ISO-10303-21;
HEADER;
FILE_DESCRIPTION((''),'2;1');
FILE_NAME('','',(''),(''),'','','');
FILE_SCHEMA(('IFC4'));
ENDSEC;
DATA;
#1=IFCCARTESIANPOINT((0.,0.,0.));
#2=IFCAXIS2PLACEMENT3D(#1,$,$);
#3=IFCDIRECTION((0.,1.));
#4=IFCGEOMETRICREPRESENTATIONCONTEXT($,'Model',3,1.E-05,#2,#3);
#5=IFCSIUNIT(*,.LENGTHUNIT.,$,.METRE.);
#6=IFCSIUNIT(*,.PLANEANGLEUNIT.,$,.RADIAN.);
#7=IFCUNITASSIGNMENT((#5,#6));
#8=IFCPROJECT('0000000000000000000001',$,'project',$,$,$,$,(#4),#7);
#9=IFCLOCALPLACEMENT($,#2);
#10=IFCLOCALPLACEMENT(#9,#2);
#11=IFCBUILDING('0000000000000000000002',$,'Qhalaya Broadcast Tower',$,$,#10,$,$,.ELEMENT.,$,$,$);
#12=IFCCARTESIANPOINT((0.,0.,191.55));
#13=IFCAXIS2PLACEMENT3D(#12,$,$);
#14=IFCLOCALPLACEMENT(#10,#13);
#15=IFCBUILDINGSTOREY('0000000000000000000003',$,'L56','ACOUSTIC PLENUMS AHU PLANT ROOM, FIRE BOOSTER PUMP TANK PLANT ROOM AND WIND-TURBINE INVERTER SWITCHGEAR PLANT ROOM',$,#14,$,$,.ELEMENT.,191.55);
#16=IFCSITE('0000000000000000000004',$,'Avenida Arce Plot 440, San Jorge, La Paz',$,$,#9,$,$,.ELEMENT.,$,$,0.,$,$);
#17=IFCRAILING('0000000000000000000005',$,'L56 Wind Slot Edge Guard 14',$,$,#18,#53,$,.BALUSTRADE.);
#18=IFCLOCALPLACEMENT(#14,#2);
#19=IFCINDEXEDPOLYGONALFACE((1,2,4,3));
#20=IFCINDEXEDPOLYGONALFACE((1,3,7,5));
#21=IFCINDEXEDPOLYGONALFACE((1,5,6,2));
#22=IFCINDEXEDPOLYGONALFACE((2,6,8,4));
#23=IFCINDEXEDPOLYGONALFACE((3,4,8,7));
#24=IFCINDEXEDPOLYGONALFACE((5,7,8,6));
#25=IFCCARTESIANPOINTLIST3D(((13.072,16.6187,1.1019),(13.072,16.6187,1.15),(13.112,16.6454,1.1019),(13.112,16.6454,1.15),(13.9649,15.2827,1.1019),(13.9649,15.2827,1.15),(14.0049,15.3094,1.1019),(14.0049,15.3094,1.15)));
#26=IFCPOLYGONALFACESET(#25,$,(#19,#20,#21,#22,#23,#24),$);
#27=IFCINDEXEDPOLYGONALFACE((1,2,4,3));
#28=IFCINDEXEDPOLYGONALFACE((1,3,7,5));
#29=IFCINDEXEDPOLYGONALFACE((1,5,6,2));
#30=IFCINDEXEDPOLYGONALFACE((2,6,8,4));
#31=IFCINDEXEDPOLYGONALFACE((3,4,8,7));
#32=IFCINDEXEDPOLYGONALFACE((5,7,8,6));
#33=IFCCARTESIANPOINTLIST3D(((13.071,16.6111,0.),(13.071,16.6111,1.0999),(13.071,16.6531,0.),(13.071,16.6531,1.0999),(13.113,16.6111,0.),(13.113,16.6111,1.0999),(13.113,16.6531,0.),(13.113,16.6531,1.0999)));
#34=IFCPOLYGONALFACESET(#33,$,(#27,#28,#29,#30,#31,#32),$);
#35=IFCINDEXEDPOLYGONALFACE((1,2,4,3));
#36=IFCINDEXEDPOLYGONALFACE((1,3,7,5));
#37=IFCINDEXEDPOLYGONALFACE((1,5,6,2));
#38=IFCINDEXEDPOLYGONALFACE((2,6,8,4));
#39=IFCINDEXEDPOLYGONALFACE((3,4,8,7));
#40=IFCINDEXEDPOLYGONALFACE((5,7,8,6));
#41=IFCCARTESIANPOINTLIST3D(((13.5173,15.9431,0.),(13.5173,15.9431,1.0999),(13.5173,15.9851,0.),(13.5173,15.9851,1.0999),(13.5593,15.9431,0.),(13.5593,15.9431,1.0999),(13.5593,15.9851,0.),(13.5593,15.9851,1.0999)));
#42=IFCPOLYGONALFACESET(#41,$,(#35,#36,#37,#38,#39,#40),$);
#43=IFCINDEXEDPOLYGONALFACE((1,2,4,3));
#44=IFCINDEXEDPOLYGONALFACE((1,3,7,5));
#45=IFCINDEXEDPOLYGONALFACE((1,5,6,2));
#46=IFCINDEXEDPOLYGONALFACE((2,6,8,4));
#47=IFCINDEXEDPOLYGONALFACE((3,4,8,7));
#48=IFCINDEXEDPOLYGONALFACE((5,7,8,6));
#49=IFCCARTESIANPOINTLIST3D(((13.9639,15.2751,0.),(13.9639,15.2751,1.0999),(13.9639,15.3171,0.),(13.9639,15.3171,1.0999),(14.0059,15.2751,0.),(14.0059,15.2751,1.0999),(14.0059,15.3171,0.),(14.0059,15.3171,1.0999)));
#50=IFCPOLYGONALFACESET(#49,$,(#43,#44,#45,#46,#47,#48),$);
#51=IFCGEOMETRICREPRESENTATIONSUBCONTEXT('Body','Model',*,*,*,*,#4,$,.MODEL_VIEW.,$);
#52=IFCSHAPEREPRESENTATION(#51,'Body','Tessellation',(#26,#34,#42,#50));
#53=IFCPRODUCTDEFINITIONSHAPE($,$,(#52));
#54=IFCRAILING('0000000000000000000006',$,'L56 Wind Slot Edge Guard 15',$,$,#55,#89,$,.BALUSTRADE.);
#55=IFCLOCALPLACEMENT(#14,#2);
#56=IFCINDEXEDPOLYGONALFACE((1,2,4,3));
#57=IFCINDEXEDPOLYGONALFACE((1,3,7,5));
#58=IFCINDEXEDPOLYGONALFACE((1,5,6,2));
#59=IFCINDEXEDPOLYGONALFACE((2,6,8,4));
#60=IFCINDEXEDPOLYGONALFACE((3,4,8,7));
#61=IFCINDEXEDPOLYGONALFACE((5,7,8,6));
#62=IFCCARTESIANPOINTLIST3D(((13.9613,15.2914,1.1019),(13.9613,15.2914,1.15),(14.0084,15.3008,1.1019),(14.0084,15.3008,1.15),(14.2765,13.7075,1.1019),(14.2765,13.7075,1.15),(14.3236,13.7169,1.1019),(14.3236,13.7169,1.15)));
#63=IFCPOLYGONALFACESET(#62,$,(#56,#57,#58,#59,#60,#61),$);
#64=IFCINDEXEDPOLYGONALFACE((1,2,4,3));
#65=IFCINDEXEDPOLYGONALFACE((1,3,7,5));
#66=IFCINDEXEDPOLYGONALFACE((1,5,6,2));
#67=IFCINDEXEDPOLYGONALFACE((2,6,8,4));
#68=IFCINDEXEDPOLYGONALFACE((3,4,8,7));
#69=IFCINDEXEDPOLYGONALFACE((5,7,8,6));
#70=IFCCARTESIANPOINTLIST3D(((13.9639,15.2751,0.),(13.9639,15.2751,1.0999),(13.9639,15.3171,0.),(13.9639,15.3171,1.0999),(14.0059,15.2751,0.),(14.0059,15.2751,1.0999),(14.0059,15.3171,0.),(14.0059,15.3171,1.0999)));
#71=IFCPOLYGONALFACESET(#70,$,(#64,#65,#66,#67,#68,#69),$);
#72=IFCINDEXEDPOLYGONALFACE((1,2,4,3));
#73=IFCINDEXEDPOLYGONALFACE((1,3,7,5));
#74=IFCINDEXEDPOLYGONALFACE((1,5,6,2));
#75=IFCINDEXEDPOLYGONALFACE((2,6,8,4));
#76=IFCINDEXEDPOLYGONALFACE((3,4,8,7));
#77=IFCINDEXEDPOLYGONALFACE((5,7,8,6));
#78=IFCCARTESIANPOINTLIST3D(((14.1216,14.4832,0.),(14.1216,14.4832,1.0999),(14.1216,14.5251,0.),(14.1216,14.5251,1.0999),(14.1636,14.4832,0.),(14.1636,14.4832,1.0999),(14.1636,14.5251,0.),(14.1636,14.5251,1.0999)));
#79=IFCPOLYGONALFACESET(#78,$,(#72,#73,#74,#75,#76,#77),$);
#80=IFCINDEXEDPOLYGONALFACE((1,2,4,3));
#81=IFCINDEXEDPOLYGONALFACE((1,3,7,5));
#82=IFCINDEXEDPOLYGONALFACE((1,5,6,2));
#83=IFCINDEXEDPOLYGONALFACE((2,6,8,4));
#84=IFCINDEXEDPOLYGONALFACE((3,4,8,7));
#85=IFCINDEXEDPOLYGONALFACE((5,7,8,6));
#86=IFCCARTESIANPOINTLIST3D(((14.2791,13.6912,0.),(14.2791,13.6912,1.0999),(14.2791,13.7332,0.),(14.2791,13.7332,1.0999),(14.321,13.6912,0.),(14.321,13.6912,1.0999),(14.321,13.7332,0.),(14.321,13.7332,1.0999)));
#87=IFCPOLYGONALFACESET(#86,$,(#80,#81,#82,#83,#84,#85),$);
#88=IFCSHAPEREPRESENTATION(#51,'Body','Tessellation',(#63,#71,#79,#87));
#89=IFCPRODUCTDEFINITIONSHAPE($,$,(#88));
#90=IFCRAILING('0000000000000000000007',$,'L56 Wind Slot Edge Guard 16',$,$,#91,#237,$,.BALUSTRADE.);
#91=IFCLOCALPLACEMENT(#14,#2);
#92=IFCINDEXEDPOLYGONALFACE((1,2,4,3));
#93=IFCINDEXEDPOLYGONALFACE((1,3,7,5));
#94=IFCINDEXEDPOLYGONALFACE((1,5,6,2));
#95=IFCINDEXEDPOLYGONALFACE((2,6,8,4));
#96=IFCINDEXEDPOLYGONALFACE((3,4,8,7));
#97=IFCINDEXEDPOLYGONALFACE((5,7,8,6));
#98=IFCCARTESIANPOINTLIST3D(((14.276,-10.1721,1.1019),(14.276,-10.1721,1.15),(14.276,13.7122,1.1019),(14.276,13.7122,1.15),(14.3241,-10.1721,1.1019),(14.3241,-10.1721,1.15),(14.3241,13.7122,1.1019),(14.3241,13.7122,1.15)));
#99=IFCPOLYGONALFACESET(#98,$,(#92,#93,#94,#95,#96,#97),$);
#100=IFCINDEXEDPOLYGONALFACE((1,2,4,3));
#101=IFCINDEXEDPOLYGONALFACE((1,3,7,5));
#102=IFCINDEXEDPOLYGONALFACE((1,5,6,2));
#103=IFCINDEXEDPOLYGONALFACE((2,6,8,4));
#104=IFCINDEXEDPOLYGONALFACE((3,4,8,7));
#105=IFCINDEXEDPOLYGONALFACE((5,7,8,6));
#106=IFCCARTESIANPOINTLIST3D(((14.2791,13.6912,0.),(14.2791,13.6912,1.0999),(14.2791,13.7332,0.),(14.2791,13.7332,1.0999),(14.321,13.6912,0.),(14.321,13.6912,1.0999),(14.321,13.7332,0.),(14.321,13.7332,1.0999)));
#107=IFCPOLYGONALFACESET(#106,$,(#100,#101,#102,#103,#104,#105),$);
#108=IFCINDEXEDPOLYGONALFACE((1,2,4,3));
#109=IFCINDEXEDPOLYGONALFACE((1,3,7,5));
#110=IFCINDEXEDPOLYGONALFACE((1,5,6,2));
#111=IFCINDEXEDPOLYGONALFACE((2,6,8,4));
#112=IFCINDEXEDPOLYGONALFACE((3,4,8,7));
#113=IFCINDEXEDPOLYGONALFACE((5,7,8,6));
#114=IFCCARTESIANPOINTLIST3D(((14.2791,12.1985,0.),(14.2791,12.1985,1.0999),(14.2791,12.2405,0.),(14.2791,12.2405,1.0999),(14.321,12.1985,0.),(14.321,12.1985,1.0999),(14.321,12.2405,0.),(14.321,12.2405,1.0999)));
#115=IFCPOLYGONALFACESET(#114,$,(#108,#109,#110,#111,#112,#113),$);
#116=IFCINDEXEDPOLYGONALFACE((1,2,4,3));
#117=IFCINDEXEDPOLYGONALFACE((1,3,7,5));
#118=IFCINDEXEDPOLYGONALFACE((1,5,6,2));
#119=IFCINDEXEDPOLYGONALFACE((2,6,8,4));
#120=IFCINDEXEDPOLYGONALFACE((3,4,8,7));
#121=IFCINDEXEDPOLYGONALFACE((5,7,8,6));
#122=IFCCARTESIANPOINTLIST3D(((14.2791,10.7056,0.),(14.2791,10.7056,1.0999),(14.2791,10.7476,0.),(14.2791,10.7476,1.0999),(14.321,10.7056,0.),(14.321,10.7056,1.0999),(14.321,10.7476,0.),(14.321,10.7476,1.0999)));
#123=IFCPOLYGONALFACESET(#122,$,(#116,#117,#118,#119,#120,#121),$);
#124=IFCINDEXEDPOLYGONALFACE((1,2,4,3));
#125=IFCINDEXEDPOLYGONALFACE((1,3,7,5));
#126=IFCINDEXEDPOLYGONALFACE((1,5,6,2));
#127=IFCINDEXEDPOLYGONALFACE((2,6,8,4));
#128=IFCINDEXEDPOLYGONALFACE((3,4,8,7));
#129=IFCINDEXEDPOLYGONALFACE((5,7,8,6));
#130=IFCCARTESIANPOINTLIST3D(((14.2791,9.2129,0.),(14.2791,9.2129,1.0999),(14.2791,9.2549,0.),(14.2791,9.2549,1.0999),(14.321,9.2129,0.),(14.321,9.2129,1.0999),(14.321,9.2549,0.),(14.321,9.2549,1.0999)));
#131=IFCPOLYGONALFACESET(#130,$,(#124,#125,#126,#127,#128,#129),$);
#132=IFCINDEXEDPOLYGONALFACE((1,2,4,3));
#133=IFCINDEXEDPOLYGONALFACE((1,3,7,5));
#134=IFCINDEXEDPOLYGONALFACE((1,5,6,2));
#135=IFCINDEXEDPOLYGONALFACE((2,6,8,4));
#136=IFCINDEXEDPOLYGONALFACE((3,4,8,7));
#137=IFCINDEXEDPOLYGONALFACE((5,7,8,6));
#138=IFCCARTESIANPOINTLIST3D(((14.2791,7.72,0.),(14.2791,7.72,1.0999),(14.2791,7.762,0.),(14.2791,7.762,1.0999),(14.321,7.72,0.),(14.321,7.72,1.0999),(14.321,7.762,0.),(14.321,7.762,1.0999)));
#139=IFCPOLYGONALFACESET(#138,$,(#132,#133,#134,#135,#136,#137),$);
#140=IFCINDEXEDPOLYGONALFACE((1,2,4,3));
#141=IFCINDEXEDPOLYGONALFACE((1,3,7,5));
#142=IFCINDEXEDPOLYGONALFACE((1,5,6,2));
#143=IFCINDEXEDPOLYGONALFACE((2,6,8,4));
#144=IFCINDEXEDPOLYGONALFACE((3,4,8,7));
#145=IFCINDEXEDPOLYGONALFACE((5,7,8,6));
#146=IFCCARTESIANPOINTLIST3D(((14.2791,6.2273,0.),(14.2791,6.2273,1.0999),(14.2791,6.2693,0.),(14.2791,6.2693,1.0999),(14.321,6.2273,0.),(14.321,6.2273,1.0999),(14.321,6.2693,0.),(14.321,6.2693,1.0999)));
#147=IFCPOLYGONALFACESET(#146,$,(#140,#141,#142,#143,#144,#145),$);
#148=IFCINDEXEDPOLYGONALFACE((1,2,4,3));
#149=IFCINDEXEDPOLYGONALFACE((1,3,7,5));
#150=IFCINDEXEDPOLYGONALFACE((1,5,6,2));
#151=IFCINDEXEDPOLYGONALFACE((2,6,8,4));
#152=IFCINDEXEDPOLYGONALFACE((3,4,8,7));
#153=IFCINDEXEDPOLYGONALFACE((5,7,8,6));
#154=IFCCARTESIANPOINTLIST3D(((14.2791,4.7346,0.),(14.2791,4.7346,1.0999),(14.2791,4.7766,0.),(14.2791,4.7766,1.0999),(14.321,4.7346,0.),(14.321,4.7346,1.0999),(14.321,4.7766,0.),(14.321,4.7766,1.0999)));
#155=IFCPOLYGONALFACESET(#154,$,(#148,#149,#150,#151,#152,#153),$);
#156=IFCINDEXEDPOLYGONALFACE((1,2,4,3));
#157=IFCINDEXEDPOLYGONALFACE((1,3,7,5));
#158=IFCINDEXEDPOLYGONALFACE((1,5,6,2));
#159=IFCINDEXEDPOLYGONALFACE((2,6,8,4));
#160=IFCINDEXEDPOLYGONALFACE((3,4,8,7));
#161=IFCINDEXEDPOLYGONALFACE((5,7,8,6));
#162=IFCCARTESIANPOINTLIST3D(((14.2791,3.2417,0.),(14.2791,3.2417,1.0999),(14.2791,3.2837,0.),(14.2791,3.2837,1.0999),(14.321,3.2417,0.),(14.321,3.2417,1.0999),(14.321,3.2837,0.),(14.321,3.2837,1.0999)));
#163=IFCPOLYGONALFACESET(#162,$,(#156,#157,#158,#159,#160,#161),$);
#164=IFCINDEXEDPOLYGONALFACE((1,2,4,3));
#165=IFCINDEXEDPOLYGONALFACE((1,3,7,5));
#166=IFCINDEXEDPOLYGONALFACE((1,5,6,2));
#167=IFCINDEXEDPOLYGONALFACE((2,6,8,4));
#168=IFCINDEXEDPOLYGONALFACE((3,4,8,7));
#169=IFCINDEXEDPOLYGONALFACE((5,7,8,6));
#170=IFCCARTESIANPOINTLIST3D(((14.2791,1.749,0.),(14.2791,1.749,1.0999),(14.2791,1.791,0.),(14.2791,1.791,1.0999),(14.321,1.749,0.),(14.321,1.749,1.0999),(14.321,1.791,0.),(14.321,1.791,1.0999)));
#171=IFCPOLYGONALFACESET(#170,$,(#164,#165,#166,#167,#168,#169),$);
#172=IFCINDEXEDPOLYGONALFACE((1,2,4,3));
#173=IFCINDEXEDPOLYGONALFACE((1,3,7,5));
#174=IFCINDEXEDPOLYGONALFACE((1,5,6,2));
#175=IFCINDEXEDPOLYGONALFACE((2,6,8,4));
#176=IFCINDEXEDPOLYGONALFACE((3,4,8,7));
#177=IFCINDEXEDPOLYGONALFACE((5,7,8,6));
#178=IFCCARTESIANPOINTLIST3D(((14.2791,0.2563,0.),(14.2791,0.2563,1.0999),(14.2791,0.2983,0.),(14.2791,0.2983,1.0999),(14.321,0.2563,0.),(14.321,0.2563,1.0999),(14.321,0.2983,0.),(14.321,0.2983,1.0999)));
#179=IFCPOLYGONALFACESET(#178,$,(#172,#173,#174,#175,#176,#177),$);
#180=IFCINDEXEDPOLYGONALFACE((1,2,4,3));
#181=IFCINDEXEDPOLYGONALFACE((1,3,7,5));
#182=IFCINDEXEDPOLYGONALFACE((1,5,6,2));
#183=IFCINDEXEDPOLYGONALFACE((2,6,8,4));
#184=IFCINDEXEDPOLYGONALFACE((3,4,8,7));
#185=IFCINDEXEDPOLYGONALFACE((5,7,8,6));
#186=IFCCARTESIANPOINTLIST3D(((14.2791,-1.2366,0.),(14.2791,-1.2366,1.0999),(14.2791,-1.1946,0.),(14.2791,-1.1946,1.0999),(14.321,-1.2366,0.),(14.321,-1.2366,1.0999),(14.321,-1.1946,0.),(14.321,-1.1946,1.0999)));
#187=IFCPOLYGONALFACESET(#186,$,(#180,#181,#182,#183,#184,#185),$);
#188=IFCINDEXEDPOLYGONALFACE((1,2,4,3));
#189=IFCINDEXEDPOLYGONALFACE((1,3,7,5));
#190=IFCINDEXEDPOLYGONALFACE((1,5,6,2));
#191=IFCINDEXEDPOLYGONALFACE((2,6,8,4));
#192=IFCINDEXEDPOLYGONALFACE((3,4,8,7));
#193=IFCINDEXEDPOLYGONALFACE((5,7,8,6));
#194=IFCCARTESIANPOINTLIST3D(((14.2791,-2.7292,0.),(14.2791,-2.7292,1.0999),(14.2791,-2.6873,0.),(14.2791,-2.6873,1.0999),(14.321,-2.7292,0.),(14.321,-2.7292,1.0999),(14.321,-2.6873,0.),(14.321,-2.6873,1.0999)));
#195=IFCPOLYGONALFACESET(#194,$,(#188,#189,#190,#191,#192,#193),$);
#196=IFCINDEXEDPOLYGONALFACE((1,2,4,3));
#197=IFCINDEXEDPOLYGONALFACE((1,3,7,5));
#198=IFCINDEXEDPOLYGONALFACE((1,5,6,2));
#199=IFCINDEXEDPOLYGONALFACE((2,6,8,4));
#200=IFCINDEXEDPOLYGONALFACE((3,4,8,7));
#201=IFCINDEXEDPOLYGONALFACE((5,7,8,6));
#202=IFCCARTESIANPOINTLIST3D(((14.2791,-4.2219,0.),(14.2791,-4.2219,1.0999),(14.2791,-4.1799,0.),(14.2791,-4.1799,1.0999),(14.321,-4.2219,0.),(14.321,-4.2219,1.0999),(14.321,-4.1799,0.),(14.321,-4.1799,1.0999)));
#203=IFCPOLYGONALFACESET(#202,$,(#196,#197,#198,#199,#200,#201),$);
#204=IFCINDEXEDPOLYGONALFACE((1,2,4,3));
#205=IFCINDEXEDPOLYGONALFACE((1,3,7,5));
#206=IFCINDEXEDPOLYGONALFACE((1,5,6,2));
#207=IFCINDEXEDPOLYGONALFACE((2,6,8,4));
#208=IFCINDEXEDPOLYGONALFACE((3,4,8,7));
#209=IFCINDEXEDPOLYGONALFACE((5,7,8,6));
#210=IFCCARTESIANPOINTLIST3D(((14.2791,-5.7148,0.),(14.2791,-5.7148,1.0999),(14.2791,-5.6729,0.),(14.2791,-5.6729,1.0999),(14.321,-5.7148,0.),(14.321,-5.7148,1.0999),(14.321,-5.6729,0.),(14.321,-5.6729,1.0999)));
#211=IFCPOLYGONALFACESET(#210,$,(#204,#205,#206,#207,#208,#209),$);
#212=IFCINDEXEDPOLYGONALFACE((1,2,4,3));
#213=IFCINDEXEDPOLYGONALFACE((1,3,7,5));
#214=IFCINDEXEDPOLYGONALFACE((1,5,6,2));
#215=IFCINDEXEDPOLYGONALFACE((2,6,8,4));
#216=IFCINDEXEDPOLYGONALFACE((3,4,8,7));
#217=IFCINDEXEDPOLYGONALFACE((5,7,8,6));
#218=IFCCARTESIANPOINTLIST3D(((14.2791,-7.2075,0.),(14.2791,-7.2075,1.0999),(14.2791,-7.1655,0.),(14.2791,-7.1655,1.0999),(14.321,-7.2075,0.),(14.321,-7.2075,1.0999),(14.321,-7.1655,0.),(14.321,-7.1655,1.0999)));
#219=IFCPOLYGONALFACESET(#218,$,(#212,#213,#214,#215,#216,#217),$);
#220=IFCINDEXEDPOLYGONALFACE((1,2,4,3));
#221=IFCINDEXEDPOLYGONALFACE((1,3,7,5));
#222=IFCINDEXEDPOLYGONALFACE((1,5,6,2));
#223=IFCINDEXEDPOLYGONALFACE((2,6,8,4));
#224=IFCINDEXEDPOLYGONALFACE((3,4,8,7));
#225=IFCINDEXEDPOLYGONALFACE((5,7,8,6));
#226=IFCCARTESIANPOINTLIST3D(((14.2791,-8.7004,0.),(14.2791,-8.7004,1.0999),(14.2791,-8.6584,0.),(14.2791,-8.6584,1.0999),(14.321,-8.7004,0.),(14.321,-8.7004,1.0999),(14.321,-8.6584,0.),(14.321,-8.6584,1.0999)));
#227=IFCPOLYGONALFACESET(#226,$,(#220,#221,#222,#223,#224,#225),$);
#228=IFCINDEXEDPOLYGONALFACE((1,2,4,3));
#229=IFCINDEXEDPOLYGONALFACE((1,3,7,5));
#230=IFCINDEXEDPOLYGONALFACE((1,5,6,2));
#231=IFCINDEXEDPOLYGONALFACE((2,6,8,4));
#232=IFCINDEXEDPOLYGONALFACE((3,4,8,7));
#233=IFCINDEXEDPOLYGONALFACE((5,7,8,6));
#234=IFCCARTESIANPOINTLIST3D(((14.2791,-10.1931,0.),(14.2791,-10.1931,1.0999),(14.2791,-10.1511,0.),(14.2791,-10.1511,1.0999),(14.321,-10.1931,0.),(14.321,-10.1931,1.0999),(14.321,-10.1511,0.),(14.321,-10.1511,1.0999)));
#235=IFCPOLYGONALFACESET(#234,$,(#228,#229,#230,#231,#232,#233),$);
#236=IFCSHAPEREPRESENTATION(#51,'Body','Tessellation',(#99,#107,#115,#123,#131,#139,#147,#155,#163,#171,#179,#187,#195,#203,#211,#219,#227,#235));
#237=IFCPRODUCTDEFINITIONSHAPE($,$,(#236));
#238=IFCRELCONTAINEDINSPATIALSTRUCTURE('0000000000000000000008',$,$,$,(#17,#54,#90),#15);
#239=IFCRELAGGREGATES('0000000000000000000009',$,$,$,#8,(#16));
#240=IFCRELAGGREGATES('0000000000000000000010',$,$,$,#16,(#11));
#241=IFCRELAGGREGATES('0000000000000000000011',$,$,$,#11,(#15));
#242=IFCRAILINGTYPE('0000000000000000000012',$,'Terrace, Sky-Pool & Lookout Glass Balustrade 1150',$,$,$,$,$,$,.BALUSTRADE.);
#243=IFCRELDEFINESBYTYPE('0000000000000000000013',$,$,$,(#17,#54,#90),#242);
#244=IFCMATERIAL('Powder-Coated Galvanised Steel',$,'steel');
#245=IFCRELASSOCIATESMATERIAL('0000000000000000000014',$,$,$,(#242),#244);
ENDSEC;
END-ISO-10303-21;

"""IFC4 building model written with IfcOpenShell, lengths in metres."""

from ifc_helpers import new_model, si_unit, direction, frame, origin, origin_2d, place, context, subcontext, project, spatial, rectangle, extrude, material, type_object, element, save


model = new_model("IFC4")

# Units and contexts
model_context = context("Model", 3, precision=1e-05, world=origin(), true_north=direction((0.0, 1.0)))
body_context = subcontext(model_context, "Body", "Model", "MODEL_VIEW")
ifc_project = project(units=[si_unit("LENGTHUNIT", "METRE"), si_unit("PLANEANGLEUNIT", "RADIAN")], contexts=[model_context])

# Site, building, storey
site_placement = place(None, origin())
site = spatial("IfcSite", under=ifc_project, at=site_placement, Name="Avenida Arce Plot 440, San Jorge, La Paz", CompositionType="ELEMENT", RefElevation=0.0)
building_placement = place(site_placement, origin())
building = spatial("IfcBuilding", under=site, at=building_placement, Name="Qhalaya Broadcast Tower", CompositionType="ELEMENT")
storey_placement = place(building_placement, frame((0.0, 0.0, 191.55)))
storey = spatial("IfcBuildingStorey", under=building, at=storey_placement, Name="L56", Description="ACOUSTIC PLENUMS AHU PLANT ROOM, FIRE BOOSTER PUMP TANK PLANT ROOM AND WIND-TURBINE INVERTER SWITCHGEAR PLANT ROOM", CompositionType="ELEMENT", Elevation=191.55)

# Railings
ifc_material_1 = material(Name="Powder-Coated Galvanised Steel", Category="steel")
railing_type_1 = type_object("IfcRailingType", Name="Terrace, Sky-Pool & Lookout Glass Balustrade 1150", PredefinedType="BALUSTRADE", material=ifc_material_1)
railing_1_placement = place(storey_placement, frame((13.092, 16.6321, 0.0)))
element("IfcRailing", 1, at=railing_1_placement, inside=storey, type_object=railing_type_1, Name="L56 Wind Slot Edge Guard 14", PredefinedType="BALUSTRADE", context=body_context, shape_type="SweptSolid", body=[
    extrude(rectangle(XDim=0.0481, YDim=0.0481, at=origin_2d()), frame((0.0, 0.0, 1.126), z_axis=(0.555647, -0.831419, 0.0), x_axis=(0.831419, 0.555647, 0.0)), (0.0, 0.0, 1.0), 1.6069),
    extrude(rectangle(XDim=0.042, YDim=0.042, at=origin_2d()), origin(), (0.0, 0.0, 1.0), 1.0999),
    extrude(rectangle(XDim=0.042, YDim=0.042, at=origin_2d()), frame((0.4463, -0.668, 0.0)), (0.0, 0.0, 1.0), 1.0999),
    extrude(rectangle(XDim=0.042, YDim=0.042, at=origin_2d()), frame((0.8928, -1.3359, 0.0)), (0.0, 0.0, 1.0), 1.0999),
])
railing_2_placement = place(storey_placement, frame((13.9849, 15.2961, 0.0)))
element("IfcRailing", 2, at=railing_2_placement, inside=storey, type_object=railing_type_1, Name="L56 Wind Slot Edge Guard 15", PredefinedType="BALUSTRADE", context=body_context, shape_type="SweptSolid", body=[
    extrude(rectangle(XDim=0.0481, YDim=0.0481, at=origin_2d()), frame((0.0, 0.0, 1.126), z_axis=(0.195157, -0.980772, 0.0), x_axis=(0.980772, 0.195157, 0.0)), (0.0, 0.0, 1.0), 1.615),
    extrude(rectangle(XDim=0.042, YDim=0.042, at=origin_2d()), origin(), (0.0, 0.0, 1.0), 1.0999),
    extrude(rectangle(XDim=0.042, YDim=0.042, at=origin_2d()), frame((0.1577, -0.792, 0.0)), (0.0, 0.0, 1.0), 1.0999),
    extrude(rectangle(XDim=0.042, YDim=0.042, at=origin_2d()), frame((0.3152, -1.584, 0.0)), (0.0, 0.0, 1.0), 1.0999),
])
railing_3_placement = place(storey_placement, frame((14.3, 13.7122, 0.0)))
element("IfcRailing", 3, at=railing_3_placement, inside=storey, type_object=railing_type_1, Name="L56 Wind Slot Edge Guard 16", PredefinedType="BALUSTRADE", context=body_context, shape_type="SweptSolid", body=[
    extrude(rectangle(XDim=0.0481, YDim=0.0481, at=origin_2d()), frame((0.0, 0.0, 1.126), z_axis=(0.0, -1.0, 0.0), x_axis=(1.0, 0.0, 0.0)), (0.0, 0.0, 1.0), 23.8843),
    extrude(rectangle(XDim=0.042, YDim=0.042, at=origin_2d()), origin(), (0.0, 0.0, 1.0), 1.0999),
    extrude(rectangle(XDim=0.042, YDim=0.042, at=origin_2d()), frame((0.0, -1.4927, 0.0)), (0.0, 0.0, 1.0), 1.0999),
    extrude(rectangle(XDim=0.042, YDim=0.042, at=origin_2d()), frame((0.0, -2.9856, 0.0)), (0.0, 0.0, 1.0), 1.0999),
    extrude(rectangle(XDim=0.042, YDim=0.042, at=origin_2d()), frame((0.0, -4.4783, 0.0)), (0.0, 0.0, 1.0), 1.0999),
    extrude(rectangle(XDim=0.042, YDim=0.042, at=origin_2d()), frame((0.0, -5.9712, 0.0)), (0.0, 0.0, 1.0), 1.0999),
    extrude(rectangle(XDim=0.042, YDim=0.042, at=origin_2d()), frame((0.0, -7.4639, 0.0)), (0.0, 0.0, 1.0), 1.0999),
    extrude(rectangle(XDim=0.042, YDim=0.042, at=origin_2d()), frame((0.0, -8.9565, 0.0)), (0.0, 0.0, 1.0), 1.0999),
    extrude(rectangle(XDim=0.042, YDim=0.042, at=origin_2d()), frame((0.0, -10.4495, 0.0)), (0.0, 0.0, 1.0), 1.0999),
    extrude(rectangle(XDim=0.042, YDim=0.042, at=origin_2d()), frame((0.0, -11.9421, 0.0)), (0.0, 0.0, 1.0), 1.0999),
    extrude(rectangle(XDim=0.042, YDim=0.042, at=origin_2d()), frame((0.0, -13.4348, 0.0)), (0.0, 0.0, 1.0), 1.0999),
    extrude(rectangle(XDim=0.042, YDim=0.042, at=origin_2d()), frame((0.0, -14.9277, 0.0)), (0.0, 0.0, 1.0), 1.0999),
    extrude(rectangle(XDim=0.042, YDim=0.042, at=origin_2d()), frame((0.0, -16.4204, 0.0)), (0.0, 0.0, 1.0), 1.0999),
    extrude(rectangle(XDim=0.042, YDim=0.042, at=origin_2d()), frame((0.0, -17.9131, 0.0)), (0.0, 0.0, 1.0), 1.0999),
    extrude(rectangle(XDim=0.042, YDim=0.042, at=origin_2d()), frame((0.0, -19.406, 0.0)), (0.0, 0.0, 1.0), 1.0999),
    extrude(rectangle(XDim=0.042, YDim=0.042, at=origin_2d()), frame((0.0, -20.8987, 0.0)), (0.0, 0.0, 1.0), 1.0999),
    extrude(rectangle(XDim=0.042, YDim=0.042, at=origin_2d()), frame((0.0, -22.3916, 0.0)), (0.0, 0.0, 1.0), 1.0999),
    extrude(rectangle(XDim=0.042, YDim=0.042, at=origin_2d()), frame((0.0, -23.8843, 0.0)), (0.0, 0.0, 1.0), 1.0999),
])

save(model, "model.ifc")
